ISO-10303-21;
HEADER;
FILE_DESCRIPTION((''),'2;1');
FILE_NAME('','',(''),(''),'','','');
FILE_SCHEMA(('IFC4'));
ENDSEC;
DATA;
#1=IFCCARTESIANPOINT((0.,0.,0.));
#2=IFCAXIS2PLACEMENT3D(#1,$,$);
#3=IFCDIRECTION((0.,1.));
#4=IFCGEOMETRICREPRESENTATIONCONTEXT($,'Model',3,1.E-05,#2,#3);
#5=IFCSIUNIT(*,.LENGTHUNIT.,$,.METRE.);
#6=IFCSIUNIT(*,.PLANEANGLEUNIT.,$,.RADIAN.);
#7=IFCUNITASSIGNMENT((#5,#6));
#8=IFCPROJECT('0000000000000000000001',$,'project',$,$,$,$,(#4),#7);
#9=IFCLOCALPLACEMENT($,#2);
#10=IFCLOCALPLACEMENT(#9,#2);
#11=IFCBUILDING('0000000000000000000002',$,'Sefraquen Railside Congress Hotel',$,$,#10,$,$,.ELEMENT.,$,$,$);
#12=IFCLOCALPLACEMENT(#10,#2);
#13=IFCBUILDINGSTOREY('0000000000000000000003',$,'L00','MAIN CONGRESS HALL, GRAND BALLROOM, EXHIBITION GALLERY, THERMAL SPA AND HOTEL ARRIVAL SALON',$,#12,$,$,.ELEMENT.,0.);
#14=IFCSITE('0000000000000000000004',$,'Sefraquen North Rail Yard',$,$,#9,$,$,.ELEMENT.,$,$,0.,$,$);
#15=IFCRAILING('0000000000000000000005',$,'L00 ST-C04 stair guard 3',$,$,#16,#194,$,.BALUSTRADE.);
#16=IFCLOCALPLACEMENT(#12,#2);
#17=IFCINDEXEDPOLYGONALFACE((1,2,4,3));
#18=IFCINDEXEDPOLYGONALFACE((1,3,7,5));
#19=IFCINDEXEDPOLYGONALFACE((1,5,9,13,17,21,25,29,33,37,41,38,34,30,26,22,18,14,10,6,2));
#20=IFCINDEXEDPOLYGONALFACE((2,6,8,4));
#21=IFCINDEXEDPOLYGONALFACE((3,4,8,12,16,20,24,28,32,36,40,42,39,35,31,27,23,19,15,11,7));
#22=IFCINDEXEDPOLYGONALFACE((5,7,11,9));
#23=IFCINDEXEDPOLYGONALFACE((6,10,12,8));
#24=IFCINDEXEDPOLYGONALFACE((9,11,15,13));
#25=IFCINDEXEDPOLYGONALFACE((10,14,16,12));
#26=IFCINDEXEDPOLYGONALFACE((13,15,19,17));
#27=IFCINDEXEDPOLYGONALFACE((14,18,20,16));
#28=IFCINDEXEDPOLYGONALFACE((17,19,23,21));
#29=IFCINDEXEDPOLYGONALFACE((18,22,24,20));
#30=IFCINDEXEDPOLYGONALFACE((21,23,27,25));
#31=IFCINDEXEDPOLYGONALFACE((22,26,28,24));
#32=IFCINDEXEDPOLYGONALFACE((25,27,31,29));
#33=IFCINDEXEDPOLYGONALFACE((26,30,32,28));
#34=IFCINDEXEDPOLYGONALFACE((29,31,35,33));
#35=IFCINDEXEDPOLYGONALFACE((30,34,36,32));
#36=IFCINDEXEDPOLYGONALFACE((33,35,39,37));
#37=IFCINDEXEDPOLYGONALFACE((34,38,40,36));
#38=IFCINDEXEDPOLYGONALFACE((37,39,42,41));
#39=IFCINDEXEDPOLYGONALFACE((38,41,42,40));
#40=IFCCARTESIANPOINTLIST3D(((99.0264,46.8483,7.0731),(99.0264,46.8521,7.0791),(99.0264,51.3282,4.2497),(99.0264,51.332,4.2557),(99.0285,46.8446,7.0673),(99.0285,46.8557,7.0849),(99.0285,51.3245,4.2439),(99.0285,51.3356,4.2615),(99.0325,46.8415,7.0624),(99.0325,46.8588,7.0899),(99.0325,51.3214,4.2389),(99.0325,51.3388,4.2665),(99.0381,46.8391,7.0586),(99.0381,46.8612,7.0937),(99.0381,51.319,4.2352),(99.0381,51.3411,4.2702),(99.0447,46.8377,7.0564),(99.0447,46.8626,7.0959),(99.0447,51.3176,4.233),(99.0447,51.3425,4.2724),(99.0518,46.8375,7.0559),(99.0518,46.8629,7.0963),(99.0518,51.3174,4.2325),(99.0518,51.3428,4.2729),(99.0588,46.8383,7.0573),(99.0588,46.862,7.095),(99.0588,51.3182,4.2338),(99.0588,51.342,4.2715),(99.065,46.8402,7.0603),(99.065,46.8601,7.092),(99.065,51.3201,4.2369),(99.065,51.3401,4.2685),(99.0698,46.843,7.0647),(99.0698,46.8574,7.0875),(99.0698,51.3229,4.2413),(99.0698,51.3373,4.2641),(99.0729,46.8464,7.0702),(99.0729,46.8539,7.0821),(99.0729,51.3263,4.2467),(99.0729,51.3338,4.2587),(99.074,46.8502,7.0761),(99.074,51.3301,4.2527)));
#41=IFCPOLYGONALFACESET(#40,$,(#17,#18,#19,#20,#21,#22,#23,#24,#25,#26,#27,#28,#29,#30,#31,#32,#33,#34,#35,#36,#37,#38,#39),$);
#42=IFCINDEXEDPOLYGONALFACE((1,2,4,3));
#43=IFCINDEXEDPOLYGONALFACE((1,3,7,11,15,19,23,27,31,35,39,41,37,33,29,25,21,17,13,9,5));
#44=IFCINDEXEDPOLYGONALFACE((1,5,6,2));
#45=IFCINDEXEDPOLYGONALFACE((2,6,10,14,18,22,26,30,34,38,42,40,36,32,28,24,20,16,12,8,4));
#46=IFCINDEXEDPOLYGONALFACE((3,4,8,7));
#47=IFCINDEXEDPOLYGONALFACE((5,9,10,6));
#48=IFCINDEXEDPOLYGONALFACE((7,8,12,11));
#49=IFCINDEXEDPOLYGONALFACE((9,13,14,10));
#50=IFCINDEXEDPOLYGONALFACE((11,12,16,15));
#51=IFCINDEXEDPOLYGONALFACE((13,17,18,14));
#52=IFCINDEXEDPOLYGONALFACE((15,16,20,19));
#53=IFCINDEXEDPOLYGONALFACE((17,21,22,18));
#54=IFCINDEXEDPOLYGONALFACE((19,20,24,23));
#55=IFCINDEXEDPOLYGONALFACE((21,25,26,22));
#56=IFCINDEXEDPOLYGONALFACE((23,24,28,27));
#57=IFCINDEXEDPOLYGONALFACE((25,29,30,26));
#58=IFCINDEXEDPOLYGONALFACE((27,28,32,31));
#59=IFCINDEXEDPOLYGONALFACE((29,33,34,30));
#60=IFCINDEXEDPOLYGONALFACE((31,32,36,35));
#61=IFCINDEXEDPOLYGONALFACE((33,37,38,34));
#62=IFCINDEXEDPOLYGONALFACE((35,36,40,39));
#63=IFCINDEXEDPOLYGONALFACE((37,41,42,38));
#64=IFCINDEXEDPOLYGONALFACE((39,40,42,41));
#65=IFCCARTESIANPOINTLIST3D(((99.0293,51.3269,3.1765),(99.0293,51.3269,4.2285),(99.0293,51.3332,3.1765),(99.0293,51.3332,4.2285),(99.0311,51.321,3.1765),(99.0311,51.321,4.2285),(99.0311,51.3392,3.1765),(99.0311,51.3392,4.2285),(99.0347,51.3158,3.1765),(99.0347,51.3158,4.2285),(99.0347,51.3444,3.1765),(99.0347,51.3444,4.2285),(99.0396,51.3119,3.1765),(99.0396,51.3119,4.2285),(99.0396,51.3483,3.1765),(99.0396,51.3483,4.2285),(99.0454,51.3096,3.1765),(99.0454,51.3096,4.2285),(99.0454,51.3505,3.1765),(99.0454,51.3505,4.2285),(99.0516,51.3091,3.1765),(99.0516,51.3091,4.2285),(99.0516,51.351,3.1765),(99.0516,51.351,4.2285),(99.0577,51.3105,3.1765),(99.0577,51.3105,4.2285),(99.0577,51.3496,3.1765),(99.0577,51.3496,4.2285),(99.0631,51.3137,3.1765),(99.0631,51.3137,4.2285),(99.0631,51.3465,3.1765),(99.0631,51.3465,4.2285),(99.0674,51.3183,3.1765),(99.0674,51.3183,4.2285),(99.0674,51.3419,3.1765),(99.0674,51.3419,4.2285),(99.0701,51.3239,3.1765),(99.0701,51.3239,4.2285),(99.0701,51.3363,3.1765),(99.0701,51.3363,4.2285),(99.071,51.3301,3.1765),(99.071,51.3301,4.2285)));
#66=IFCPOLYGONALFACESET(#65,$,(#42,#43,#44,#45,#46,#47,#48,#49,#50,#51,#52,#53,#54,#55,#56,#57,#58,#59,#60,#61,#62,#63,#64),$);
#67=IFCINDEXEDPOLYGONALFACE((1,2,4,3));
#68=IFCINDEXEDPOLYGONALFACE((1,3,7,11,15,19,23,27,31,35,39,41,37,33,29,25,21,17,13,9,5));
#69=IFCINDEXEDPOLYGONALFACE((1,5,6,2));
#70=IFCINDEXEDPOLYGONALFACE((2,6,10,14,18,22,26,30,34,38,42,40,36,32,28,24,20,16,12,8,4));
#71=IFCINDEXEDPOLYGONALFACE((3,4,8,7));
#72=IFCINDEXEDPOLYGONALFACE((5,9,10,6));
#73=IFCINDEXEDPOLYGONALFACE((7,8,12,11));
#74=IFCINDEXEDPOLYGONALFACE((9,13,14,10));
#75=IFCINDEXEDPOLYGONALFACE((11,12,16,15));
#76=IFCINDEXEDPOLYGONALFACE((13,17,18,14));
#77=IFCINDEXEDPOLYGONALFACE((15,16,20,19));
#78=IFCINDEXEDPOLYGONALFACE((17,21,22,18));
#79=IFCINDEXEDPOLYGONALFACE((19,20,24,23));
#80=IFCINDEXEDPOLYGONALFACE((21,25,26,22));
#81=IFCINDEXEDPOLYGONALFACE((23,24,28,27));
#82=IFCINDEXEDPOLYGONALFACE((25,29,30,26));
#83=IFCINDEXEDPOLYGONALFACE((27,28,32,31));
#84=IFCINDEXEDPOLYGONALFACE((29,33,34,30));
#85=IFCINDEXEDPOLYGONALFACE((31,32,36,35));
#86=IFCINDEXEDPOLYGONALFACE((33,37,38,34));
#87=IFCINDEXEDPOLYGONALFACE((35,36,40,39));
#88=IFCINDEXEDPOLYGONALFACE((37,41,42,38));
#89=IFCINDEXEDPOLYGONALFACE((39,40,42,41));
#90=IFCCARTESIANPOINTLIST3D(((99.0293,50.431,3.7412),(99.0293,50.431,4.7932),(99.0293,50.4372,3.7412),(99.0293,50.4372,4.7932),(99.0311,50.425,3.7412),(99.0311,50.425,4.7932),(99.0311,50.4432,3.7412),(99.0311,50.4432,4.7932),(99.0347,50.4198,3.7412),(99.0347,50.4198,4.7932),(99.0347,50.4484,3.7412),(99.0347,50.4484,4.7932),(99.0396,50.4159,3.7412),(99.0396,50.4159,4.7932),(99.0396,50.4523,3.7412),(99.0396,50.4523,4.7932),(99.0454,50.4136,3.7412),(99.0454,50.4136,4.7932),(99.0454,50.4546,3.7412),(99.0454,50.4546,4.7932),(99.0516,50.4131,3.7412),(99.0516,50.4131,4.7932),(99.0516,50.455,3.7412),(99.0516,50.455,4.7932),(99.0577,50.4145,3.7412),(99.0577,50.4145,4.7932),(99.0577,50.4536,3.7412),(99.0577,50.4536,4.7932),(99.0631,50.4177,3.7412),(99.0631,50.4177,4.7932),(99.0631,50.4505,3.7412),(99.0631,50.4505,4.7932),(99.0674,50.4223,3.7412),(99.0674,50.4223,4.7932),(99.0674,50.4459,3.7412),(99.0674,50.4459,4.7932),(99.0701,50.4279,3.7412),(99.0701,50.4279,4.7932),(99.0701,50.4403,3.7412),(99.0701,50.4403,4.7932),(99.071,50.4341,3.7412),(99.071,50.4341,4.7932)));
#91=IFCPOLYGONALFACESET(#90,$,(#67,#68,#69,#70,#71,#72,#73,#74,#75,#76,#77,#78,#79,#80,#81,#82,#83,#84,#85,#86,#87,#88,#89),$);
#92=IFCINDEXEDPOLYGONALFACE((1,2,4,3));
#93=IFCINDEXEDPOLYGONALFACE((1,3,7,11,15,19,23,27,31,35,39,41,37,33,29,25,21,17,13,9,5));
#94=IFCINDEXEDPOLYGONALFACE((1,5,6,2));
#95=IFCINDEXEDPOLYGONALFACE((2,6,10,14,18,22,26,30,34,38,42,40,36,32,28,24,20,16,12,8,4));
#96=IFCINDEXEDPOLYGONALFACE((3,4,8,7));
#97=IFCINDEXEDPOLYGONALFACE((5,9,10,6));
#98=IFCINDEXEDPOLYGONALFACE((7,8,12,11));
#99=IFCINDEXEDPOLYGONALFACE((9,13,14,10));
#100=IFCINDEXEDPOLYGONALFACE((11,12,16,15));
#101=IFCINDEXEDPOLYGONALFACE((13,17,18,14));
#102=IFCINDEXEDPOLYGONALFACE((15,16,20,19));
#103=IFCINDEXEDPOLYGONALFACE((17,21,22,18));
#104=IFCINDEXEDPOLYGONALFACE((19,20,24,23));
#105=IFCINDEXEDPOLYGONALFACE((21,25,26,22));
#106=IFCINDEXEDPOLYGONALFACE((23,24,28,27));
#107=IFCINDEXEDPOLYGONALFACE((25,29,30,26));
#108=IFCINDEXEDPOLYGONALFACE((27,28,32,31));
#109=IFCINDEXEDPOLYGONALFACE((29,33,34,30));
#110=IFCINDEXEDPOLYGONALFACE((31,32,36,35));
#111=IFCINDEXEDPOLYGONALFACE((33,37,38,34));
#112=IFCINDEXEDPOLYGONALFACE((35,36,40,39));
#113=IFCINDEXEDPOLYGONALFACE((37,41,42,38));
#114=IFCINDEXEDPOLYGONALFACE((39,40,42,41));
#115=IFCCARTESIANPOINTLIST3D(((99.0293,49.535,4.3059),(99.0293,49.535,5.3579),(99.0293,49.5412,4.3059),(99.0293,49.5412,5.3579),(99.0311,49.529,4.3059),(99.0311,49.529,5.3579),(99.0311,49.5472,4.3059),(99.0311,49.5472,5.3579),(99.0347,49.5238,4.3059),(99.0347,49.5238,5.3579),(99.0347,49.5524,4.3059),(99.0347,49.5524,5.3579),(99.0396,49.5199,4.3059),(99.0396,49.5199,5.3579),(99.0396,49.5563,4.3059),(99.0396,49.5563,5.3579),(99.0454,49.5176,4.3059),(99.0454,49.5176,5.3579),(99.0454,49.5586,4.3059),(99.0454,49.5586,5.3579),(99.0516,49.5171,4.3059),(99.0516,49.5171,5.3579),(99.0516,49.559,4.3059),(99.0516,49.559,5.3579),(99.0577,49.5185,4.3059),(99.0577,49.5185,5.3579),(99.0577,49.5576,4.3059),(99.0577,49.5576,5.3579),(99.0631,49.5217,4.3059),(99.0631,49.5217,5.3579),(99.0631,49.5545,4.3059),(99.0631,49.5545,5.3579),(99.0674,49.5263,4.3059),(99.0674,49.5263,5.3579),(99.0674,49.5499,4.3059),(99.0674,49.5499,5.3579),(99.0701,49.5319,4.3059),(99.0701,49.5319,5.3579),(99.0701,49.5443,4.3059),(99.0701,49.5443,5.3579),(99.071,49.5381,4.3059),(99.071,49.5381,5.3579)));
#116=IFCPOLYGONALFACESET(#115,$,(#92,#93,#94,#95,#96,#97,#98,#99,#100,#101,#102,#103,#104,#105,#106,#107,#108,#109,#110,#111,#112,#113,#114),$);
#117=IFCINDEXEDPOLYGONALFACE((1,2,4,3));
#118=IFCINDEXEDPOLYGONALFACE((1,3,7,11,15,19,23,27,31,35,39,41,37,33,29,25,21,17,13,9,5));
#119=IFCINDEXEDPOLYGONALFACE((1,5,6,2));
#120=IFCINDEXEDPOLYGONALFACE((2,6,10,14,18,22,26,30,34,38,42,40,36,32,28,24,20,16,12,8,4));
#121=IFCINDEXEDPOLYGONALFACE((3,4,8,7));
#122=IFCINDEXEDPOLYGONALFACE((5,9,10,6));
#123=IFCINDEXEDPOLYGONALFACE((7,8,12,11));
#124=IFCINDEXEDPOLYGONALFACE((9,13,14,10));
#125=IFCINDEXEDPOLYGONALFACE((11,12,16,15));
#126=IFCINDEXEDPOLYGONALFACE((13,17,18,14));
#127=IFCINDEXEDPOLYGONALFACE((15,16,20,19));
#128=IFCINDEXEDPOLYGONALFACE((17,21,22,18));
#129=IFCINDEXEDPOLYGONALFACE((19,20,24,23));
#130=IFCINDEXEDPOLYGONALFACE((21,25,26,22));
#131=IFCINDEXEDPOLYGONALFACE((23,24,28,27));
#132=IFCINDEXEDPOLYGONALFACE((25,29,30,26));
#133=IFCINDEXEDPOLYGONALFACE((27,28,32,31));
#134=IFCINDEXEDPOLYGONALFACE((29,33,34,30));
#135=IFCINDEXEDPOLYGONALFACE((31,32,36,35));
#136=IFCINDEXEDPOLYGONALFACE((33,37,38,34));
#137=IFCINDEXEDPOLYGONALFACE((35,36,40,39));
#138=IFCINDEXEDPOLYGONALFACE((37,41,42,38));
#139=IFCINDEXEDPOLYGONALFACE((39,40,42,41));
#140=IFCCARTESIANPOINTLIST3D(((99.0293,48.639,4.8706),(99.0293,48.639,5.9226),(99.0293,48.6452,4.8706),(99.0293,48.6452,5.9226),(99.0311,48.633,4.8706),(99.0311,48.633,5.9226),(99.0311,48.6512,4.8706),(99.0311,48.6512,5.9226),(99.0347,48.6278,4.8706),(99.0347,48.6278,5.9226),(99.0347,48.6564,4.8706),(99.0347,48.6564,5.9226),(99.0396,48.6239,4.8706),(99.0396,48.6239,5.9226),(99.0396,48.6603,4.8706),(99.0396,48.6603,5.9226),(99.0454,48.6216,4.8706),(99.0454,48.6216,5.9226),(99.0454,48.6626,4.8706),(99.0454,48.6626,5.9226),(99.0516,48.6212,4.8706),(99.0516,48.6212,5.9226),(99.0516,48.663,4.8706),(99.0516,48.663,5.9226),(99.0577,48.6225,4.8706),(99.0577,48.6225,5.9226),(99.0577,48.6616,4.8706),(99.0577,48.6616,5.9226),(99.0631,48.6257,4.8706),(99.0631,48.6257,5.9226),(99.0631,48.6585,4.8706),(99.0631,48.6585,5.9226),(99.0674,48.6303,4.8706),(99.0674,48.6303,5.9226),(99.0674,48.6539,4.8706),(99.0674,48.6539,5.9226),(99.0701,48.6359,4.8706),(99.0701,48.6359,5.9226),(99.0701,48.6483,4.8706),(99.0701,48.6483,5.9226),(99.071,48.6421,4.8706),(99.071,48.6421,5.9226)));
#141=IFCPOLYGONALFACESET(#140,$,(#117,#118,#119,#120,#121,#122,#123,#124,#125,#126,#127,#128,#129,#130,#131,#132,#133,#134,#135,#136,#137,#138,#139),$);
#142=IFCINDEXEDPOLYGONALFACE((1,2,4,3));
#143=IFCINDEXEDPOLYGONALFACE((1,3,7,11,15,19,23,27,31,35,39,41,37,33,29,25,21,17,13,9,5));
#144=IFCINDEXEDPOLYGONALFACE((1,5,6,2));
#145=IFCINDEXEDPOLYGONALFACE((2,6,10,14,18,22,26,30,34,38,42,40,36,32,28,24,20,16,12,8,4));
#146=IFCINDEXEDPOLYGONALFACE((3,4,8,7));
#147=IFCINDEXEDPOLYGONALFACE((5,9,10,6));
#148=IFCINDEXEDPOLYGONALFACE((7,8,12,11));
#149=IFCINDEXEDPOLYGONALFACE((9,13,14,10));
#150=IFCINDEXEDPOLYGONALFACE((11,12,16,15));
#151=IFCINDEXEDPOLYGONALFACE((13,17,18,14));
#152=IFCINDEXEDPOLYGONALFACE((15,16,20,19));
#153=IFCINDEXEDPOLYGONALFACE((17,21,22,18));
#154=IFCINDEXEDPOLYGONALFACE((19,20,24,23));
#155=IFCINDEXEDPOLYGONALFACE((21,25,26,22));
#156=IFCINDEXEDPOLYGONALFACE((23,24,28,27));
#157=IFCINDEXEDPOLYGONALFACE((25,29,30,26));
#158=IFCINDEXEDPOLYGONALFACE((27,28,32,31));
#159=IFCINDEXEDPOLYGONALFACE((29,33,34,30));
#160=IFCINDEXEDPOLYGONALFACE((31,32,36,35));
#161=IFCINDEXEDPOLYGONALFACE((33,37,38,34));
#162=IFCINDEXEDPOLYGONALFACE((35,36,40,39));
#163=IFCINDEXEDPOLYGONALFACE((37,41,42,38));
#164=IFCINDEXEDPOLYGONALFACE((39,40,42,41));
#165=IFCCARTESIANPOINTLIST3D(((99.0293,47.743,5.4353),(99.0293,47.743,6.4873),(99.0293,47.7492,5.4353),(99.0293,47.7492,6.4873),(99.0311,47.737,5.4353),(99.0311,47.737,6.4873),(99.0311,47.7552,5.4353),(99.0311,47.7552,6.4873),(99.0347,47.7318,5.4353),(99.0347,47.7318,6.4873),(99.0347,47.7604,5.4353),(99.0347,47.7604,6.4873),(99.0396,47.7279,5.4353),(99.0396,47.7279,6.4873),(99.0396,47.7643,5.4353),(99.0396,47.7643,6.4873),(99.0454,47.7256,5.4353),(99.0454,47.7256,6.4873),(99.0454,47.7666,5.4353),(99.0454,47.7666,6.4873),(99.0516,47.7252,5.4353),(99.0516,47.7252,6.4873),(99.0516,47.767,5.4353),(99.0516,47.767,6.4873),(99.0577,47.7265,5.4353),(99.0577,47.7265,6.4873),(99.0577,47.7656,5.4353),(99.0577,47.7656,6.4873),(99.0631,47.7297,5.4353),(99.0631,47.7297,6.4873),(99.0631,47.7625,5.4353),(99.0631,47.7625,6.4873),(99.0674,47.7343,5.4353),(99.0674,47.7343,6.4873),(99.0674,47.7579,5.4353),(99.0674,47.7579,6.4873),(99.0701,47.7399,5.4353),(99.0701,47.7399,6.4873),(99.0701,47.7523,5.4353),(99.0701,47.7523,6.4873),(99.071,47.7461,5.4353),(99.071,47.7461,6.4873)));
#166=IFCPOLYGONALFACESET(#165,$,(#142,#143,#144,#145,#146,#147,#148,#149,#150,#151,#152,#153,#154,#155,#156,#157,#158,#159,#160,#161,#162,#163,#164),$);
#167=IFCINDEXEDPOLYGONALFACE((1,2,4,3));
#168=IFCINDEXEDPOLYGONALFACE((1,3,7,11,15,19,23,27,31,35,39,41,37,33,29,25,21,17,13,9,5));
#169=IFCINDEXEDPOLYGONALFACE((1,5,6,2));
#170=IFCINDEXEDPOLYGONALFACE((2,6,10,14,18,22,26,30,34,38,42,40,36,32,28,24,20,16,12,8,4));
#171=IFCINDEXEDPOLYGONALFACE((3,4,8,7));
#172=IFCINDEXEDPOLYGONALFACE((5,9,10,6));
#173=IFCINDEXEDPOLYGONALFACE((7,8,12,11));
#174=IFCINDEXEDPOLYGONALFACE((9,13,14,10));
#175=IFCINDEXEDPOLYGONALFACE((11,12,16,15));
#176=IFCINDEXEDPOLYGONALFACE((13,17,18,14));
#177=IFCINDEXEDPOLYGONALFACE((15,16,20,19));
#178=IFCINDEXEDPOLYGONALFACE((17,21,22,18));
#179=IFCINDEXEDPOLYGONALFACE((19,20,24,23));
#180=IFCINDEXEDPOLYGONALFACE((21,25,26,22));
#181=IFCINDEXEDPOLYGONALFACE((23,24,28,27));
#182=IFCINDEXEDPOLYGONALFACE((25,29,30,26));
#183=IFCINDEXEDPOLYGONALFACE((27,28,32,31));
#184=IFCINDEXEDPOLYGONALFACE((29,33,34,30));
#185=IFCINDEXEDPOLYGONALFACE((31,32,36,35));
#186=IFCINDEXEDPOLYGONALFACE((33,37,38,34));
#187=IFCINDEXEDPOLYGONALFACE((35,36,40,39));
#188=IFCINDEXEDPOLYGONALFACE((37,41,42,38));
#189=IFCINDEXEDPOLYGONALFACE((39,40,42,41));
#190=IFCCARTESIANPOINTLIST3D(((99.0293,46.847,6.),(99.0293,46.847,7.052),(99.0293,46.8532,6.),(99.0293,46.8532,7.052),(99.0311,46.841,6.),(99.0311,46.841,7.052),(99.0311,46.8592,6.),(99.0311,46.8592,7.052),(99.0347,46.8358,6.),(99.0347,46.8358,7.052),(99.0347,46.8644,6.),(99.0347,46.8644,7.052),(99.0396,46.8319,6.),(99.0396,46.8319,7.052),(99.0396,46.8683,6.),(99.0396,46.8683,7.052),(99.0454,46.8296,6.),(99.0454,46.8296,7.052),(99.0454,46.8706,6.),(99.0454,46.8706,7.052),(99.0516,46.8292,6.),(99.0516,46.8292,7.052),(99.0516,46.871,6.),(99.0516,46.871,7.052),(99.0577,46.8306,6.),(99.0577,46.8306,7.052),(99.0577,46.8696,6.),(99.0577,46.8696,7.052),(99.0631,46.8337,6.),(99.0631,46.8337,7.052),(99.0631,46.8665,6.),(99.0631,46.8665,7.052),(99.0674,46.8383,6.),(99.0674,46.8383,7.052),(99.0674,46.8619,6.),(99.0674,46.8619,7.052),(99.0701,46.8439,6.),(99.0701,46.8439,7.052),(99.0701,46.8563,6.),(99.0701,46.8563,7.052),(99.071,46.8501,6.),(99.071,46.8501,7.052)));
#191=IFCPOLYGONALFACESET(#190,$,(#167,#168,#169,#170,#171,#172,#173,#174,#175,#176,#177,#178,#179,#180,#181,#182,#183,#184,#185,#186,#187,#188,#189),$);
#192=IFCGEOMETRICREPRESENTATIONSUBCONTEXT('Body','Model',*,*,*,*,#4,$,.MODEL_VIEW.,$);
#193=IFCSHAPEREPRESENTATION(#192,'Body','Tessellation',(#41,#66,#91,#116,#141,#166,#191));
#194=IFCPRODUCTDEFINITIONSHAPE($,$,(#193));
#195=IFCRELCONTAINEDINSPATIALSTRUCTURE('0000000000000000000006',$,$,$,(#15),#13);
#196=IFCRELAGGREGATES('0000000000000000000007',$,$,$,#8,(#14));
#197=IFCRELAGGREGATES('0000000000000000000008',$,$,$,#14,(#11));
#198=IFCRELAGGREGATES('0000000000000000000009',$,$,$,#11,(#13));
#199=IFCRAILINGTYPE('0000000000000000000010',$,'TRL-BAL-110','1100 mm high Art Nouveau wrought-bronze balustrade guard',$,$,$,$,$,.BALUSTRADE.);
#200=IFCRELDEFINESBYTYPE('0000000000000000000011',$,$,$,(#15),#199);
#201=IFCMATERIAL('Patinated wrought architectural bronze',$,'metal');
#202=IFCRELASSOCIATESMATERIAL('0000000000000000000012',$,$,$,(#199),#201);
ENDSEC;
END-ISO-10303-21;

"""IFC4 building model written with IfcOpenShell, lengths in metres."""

from ifc_helpers import new_model, si_unit, direction, frame, origin, origin_2d, place, context, subcontext, project, spatial, circle, extrude, material, type_object, element, save


model = new_model("IFC4")

# Units and contexts
model_context = context("Model", 3, precision=1e-05, world=origin(), true_north=direction((0.0, 1.0)))
body_context = subcontext(model_context, "Body", "Model", "MODEL_VIEW")
ifc_project = project(units=[si_unit("LENGTHUNIT", "METRE"), si_unit("PLANEANGLEUNIT", "RADIAN")], contexts=[model_context])

# Site, building, storey
site_placement = place(None, origin())
site = spatial("IfcSite", under=ifc_project, at=site_placement, Name="Sefraquen North Rail Yard", CompositionType="ELEMENT", RefElevation=0.0)
building_placement = place(site_placement, origin())
building = spatial("IfcBuilding", under=site, at=building_placement, Name="Sefraquen Railside Congress Hotel", CompositionType="ELEMENT")
storey_placement = place(building_placement, origin())
storey = spatial("IfcBuildingStorey", under=building, at=storey_placement, Name="L00", Description="MAIN CONGRESS HALL, GRAND BALLROOM, EXHIBITION GALLERY, THERMAL SPA AND HOTEL ARRIVAL SALON", CompositionType="ELEMENT", Elevation=0.0)

# Railing
ifc_material_1 = material(Name="Patinated wrought architectural bronze", Category="metal")
railing_type_1 = type_object("IfcRailingType", Name="TRL-BAL-110", Description="1100 mm high Art Nouveau wrought-bronze balustrade guard", PredefinedType="BALUSTRADE", material=ifc_material_1)
railing_1_placement = place(storey_placement, frame((99.05, 51.3301, 3.1765)))
element("IfcRailing", 1, at=railing_1_placement, inside=storey, type_object=railing_type_1, Name="L00 ST-C04 stair guard 3", PredefinedType="BALUSTRADE", context=body_context, shape_type="SweptSolid", body=[
    extrude(circle(Radius=0.0239, at=origin_2d()), frame((0.0, 0.0, 1.0762), z_axis=(0.0, -0.845998, 0.533186), x_axis=(1.0, 0.0, 0.0)), (0.0, 0.0, 1.0), 5.2954),
    extrude(circle(Radius=0.021, at=origin_2d()), origin(), (0.0, 0.0, 1.0), 1.052),
    extrude(circle(Radius=0.021, at=origin_2d()), frame((0.0, -0.896, 0.5647)), (0.0, 0.0, 1.0), 1.052),
    extrude(circle(Radius=0.021, at=origin_2d()), frame((0.0, -1.792, 1.1294)), (0.0, 0.0, 1.0), 1.052),
    extrude(circle(Radius=0.021, at=origin_2d()), frame((0.0, -2.688, 1.6941)), (0.0, 0.0, 1.0), 1.052),
    extrude(circle(Radius=0.021, at=origin_2d()), frame((0.0, -3.584, 2.2588)), (0.0, 0.0, 1.0), 1.052),
    extrude(circle(Radius=0.021, at=origin_2d()), frame((0.0, -4.48, 2.8235)), (0.0, 0.0, 1.0), 1.052),
])

save(model, "model.ifc")
